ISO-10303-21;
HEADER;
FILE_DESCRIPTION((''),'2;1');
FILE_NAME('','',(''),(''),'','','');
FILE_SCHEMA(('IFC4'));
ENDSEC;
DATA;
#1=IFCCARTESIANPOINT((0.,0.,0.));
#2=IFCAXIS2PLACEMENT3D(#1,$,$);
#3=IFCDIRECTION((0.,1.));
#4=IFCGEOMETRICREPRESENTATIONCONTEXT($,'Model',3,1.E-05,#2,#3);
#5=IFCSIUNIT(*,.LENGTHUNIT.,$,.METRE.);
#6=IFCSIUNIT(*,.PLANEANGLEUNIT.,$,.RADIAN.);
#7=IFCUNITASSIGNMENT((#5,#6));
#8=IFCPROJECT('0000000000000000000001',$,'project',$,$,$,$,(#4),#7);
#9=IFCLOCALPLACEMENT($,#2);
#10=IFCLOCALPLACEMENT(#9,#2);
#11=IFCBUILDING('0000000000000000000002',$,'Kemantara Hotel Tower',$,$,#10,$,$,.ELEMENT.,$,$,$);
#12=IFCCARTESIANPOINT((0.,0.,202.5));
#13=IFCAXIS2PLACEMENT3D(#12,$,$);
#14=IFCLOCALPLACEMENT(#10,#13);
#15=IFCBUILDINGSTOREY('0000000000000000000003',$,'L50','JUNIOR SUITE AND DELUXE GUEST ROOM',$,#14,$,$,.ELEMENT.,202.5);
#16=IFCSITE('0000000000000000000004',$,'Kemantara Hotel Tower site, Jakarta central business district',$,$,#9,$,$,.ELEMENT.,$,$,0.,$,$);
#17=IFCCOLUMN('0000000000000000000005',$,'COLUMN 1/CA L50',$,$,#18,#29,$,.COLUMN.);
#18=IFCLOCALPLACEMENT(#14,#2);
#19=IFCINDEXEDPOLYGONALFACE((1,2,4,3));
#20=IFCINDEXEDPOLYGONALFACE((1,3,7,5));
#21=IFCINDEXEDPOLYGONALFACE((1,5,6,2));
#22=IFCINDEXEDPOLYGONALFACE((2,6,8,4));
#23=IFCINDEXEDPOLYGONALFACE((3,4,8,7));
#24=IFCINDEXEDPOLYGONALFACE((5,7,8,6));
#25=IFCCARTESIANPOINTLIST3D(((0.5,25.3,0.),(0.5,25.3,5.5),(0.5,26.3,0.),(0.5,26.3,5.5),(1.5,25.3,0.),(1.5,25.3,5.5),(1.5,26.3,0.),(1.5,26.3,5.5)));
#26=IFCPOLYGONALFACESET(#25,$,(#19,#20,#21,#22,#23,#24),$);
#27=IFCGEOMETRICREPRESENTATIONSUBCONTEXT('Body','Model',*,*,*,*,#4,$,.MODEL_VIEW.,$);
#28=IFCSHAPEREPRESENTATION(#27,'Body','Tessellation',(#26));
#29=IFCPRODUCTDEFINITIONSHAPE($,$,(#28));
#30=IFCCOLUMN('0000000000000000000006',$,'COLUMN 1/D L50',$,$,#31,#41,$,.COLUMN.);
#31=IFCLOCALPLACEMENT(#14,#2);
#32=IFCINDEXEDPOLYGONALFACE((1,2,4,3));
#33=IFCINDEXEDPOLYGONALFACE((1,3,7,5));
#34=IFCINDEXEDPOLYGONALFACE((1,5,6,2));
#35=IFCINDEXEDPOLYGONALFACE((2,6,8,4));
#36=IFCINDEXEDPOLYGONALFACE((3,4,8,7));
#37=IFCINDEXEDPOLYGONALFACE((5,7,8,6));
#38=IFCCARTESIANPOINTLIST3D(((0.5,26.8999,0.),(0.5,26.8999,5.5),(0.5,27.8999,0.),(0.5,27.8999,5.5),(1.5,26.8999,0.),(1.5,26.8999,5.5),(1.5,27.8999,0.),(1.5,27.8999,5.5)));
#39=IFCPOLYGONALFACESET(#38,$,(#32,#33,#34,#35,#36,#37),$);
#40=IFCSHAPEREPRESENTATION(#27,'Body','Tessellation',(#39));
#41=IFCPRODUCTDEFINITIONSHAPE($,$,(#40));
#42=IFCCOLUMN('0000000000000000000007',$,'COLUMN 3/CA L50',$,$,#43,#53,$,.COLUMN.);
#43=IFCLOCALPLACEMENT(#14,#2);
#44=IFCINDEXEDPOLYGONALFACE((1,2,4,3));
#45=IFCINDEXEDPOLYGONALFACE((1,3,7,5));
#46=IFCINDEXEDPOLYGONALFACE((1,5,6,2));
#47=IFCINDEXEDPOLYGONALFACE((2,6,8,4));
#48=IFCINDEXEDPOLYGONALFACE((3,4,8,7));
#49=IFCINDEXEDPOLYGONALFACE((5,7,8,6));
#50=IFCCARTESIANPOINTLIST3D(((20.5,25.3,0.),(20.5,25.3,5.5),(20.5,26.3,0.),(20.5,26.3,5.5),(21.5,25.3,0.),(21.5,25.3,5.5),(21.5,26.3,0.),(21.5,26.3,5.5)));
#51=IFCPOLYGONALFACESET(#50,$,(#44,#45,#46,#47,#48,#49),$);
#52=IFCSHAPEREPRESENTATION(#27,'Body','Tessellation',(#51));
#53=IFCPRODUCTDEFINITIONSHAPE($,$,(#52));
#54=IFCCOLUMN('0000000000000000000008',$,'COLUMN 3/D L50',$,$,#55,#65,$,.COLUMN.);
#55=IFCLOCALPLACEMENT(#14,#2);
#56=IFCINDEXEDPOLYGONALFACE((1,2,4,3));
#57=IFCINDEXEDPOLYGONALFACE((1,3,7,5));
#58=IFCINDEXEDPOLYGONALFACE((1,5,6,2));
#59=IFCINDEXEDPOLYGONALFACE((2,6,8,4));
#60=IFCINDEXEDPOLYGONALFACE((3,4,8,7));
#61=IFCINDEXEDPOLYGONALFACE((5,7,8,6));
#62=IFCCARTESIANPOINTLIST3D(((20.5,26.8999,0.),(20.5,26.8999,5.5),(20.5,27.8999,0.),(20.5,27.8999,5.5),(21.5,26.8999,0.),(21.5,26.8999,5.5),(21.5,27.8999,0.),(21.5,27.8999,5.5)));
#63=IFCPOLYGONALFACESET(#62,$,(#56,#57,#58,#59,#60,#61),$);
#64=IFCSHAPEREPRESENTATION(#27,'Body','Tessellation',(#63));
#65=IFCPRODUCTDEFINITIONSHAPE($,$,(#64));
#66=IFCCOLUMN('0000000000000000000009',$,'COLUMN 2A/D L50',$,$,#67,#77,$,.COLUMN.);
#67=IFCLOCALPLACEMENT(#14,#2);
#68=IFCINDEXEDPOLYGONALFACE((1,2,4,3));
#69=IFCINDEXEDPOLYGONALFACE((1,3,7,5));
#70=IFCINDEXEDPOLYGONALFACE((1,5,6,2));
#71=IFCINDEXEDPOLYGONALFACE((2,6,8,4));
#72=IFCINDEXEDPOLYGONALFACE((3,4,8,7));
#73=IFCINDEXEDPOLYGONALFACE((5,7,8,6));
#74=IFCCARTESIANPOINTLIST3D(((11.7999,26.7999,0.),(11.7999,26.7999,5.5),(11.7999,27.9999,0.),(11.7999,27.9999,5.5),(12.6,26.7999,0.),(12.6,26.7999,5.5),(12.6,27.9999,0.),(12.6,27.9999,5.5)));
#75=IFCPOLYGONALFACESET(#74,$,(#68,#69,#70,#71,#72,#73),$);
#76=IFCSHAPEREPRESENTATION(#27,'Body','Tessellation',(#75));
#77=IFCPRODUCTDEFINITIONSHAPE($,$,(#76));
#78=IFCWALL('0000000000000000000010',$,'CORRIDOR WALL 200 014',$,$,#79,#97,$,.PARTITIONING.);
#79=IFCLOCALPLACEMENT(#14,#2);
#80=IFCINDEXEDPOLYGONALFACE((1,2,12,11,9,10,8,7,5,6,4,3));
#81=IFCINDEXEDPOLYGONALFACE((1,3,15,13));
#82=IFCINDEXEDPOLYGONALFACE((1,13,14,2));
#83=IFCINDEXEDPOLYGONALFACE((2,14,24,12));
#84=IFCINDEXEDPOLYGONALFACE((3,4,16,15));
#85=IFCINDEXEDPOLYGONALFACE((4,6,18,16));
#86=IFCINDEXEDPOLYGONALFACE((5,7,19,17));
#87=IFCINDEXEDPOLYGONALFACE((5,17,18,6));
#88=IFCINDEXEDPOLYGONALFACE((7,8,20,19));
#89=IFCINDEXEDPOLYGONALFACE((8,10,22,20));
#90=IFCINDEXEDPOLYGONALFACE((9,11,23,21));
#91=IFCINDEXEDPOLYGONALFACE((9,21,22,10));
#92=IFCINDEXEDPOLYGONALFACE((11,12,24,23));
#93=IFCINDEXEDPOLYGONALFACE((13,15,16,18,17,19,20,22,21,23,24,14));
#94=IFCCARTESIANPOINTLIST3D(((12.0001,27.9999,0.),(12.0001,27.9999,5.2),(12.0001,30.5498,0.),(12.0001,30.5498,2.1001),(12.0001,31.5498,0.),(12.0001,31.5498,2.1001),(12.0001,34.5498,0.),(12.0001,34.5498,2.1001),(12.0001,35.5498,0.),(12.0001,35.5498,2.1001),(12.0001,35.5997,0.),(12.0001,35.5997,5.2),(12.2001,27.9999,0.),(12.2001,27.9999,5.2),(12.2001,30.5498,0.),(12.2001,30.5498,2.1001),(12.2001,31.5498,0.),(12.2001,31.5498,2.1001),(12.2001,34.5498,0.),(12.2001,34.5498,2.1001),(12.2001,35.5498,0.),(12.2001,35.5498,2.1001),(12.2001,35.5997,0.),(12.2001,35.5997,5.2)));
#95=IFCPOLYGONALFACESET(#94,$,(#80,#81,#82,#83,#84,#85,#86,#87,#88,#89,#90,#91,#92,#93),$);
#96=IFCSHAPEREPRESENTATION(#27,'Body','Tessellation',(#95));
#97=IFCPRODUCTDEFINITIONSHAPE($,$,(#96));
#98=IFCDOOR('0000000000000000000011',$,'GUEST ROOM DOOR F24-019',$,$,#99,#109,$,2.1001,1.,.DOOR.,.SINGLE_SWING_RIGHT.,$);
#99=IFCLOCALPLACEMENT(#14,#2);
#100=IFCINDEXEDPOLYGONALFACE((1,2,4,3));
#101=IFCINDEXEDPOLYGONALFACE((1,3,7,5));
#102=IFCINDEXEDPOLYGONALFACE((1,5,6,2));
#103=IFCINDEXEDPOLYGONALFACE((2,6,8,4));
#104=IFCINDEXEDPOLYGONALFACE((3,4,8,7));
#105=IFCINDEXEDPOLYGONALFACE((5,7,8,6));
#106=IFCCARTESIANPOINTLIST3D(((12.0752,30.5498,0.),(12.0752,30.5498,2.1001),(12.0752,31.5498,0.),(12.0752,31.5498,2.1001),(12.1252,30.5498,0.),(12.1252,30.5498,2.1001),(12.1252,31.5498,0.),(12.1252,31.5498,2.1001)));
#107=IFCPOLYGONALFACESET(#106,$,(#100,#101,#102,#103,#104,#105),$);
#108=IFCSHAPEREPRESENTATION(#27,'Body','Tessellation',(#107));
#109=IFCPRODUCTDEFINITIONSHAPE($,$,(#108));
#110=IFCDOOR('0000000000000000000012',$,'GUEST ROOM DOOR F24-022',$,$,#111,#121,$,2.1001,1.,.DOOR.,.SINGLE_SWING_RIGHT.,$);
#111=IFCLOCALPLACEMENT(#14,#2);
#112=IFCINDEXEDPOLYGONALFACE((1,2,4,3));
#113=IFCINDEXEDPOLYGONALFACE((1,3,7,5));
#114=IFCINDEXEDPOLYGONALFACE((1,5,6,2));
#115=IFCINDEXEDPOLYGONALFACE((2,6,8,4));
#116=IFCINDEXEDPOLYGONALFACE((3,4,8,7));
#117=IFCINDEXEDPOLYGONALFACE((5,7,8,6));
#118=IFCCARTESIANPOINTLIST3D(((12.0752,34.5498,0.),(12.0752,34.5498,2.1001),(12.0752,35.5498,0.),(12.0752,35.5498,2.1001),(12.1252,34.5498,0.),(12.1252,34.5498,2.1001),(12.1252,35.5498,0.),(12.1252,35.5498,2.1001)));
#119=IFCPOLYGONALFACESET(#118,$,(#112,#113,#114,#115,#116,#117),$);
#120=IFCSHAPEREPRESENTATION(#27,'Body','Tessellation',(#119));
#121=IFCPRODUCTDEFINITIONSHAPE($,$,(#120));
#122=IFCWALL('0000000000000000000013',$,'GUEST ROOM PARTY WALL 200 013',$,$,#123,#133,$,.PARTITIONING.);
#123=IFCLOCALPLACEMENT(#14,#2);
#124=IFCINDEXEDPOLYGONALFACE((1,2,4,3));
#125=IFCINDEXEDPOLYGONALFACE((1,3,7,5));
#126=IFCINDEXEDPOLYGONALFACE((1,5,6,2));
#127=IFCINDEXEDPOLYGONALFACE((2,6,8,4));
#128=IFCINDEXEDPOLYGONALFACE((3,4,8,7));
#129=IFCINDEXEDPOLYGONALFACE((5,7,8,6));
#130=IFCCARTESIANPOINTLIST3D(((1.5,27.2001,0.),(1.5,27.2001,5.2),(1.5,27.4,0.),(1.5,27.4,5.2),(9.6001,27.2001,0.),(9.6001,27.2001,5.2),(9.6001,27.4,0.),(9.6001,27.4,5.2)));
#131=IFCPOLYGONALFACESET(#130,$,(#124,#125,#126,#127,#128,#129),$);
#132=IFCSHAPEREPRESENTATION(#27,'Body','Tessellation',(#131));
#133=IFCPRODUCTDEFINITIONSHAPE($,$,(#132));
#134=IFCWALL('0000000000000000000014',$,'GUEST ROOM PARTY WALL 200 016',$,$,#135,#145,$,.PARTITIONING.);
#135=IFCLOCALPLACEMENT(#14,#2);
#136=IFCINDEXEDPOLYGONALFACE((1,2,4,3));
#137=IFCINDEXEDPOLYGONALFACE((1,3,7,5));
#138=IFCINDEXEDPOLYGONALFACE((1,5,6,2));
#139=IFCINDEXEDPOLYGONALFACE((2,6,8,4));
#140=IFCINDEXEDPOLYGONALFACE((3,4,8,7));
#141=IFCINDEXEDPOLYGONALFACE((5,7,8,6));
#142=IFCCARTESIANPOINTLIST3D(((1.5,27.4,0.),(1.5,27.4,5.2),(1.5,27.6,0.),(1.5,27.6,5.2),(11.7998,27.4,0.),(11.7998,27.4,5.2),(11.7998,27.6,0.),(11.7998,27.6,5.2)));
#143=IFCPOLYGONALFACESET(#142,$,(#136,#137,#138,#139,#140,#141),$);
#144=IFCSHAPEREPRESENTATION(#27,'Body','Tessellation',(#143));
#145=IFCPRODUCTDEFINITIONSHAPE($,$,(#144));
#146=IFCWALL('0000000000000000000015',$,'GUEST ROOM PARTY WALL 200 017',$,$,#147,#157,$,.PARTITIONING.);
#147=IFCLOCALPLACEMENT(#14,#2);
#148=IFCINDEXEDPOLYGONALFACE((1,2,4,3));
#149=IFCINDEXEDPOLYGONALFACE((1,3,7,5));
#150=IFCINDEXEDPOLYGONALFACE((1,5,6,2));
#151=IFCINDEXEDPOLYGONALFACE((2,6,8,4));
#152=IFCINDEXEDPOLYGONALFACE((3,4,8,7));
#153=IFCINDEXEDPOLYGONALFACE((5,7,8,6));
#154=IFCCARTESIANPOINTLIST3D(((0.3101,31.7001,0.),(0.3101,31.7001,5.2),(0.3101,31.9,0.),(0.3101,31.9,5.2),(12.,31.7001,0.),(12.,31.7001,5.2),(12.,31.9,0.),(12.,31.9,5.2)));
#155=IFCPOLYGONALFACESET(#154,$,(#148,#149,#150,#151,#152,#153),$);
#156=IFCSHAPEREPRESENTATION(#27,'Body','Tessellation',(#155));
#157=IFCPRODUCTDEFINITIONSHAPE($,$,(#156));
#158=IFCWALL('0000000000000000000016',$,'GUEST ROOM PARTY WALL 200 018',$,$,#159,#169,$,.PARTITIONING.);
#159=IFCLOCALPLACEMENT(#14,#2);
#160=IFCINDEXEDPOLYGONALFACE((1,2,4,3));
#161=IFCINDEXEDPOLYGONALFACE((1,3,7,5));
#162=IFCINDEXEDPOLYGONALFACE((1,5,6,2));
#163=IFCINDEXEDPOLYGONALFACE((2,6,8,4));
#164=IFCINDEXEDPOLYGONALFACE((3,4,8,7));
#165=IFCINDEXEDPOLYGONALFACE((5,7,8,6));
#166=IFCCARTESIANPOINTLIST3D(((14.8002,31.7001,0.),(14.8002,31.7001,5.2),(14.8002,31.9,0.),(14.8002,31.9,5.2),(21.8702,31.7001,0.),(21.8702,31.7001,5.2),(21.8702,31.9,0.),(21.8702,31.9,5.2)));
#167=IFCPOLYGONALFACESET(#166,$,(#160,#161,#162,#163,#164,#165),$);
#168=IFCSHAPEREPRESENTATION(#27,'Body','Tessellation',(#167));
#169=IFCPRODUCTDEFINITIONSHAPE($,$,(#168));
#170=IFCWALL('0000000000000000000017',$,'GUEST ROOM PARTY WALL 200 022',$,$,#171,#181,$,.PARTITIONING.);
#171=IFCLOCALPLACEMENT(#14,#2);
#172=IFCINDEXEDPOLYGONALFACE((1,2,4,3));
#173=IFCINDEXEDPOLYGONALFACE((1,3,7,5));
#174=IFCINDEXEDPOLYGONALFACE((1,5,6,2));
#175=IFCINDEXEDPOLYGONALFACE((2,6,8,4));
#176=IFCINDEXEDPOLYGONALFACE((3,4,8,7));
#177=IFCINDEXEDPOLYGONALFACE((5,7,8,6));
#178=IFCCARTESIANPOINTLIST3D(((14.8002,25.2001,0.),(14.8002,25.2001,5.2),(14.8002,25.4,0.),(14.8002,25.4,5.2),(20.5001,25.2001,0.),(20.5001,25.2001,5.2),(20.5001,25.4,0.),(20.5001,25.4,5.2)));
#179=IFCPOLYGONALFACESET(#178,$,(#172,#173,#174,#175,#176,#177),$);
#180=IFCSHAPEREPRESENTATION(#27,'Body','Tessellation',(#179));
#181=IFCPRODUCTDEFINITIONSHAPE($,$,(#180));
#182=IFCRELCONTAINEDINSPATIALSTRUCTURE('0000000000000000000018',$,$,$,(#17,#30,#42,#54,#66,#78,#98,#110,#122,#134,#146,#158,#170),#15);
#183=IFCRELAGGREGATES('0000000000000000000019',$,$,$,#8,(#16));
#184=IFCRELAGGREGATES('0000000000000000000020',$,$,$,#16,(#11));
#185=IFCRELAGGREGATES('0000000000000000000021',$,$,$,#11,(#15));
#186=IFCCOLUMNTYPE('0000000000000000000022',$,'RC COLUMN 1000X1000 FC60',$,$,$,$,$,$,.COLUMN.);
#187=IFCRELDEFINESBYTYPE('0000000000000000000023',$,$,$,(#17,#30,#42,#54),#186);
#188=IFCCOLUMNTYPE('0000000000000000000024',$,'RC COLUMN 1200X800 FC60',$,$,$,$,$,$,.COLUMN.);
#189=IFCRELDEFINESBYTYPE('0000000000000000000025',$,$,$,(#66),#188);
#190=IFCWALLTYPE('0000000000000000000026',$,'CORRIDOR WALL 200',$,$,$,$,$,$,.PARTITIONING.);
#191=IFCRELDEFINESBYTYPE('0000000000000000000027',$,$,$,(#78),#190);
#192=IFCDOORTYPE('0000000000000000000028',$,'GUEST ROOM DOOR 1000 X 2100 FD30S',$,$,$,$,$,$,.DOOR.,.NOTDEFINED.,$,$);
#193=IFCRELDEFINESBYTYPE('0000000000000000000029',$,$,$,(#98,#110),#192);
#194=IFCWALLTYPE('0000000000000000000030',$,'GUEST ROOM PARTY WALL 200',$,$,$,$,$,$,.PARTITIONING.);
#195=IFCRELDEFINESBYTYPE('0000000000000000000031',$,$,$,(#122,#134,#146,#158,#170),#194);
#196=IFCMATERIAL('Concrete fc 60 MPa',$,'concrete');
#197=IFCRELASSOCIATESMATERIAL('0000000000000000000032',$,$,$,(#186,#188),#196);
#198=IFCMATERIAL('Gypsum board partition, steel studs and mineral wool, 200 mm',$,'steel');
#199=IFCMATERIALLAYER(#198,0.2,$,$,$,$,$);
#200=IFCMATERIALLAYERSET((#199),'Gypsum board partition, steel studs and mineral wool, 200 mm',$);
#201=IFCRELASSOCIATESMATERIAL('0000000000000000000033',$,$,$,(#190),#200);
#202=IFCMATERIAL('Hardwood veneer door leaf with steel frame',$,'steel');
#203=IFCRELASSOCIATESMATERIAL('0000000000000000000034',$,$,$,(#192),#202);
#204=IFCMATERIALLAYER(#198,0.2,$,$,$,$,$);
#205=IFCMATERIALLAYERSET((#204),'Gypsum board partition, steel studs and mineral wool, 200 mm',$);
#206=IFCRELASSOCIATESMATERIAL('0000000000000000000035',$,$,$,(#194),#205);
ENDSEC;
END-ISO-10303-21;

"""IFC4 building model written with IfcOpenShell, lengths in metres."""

from ifc_helpers import new_model, si_unit, direction, frame, frame_2d, origin, origin_2d, place, context, subcontext, project, spatial, rectangle, extrude, material, layer, layer_set, material_profile, profile_set, type_object, element, fill, save


model = new_model("IFC4")

# Units and contexts
model_context = context("Model", 3, precision=1e-05, world=origin(), true_north=direction((0.0, 1.0)))
body_context = subcontext(model_context, "Body", "Model", "MODEL_VIEW")
ifc_project = project(units=[si_unit("LENGTHUNIT", "METRE"), si_unit("PLANEANGLEUNIT", "RADIAN")], contexts=[model_context])

# Site, building, storey
site_placement = place(None, origin())
site = spatial("IfcSite", under=ifc_project, at=site_placement, Name="Kemantara Hotel Tower site, Jakarta central business district", CompositionType="ELEMENT", RefElevation=0.0)
building_placement = place(site_placement, origin())
building = spatial("IfcBuilding", under=site, at=building_placement, Name="Kemantara Hotel Tower", CompositionType="ELEMENT")
storey_placement = place(building_placement, frame((0.0, 0.0, 202.5)))
storey = spatial("IfcBuildingStorey", under=building, at=storey_placement, Name="L50", Description="JUNIOR SUITE AND DELUXE GUEST ROOM", CompositionType="ELEMENT", Elevation=202.5)

# Columns
ifc_material_1 = material(Name="Concrete fc 60 MPa", Category="concrete")
ifc_material_profile_1 = material_profile(ifc_material_1, rectangle(XDim=1.0, YDim=1.0, at=origin_2d()), Name="RC 1000X1000")
ifc_profile_set_1 = profile_set([ifc_material_profile_1], Name="Concrete fc 60 MPa")
column_type_1 = type_object("IfcColumnType", Name="RC COLUMN 1000X1000 FC60", PredefinedType="COLUMN", material=ifc_profile_set_1)
for number, where, z_axis, x_axis, name in (
    (1, (1.0, 25.8, 0.0), (0.0, 0.0, 1.0), (1.0, 0.0, 0.0), "COLUMN 1/CA L50"),
    (2, (1.0, 27.3999, 0.0), (0.0, 0.0, 1.0), (1.0, 0.0, 0.0), "COLUMN 1/D L50"),
    (3, (21.0, 25.8, 0.0), (0.0, 0.0, 1.0), (1.0, 0.0, 0.0), "COLUMN 3/CA L50"),
    (4, (21.0, 27.3999, 0.0), (0.0, 0.0, 1.0), (1.0, 0.0, 0.0), "COLUMN 3/D L50"),
):
    element("IfcColumn", number, at=place(storey_placement, frame(where, z_axis=z_axis, x_axis=x_axis)), inside=storey, type_object=column_type_1, Name=name, PredefinedType="COLUMN", context=body_context, shape_type="SweptSolid", body=[
        extrude(rectangle(XDim=1.0, YDim=1.0, at=origin_2d()), origin(), (0.0, 0.0, 1.0), 5.5),
    ])
ifc_material_profile_2 = material_profile(ifc_material_1, rectangle(XDim=1.2, YDim=0.8, at=origin_2d()), Name="RC 1200X800")
ifc_profile_set_2 = profile_set([ifc_material_profile_2], Name="Concrete fc 60 MPa")
column_type_2 = type_object("IfcColumnType", Name="RC COLUMN 1200X800 FC60", PredefinedType="COLUMN", material=ifc_profile_set_2)
column_placement = place(storey_placement, frame((12.2, 27.3999, 0.0), z_axis=(0.0, 0.0, 1.0), x_axis=(0.0, 1.0, 0.0)))
element("IfcColumn", 5, at=column_placement, inside=storey, type_object=column_type_2, Name="COLUMN 2A/D L50", PredefinedType="COLUMN", context=body_context, shape_type="SweptSolid", body=[
    extrude(rectangle(XDim=1.2, YDim=0.8, at=origin_2d()), origin(), (0.0, 0.0, 1.0), 5.5),
])

# Wall, openings, doors
ifc_material_2 = material(Name="Gypsum board partition, steel studs and mineral wool, 200 mm", Category="steel")
ifc_layer_1 = layer(ifc_material_2, 0.2)
ifc_layer_set_1 = layer_set([ifc_layer_1], Name="Gypsum board partition, steel studs and mineral wool, 200 mm")
wall_type_1 = type_object("IfcWallType", Name="CORRIDOR WALL 200", PredefinedType="PARTITIONING", material=ifc_layer_set_1)
wall_1_placement = place(storey_placement, frame((12.1001, 28.0, 0.0), z_axis=(0.0, 0.0, 1.0), x_axis=(0.0, 1.0, 0.0)))
wall_1 = element("IfcWall", 6, at=wall_1_placement, inside=storey, type_object=wall_type_1, Name="CORRIDOR WALL 200 014", PredefinedType="PARTITIONING", context=body_context, shape_type="SweptSolid", body=[
    extrude(rectangle(XDim=7.5999, YDim=0.2, at=frame_2d((3.7998, 0.0))), origin(), (0.0, 0.0, 1.0), 5.2),
])
opening_1_placement = place(wall_1_placement, frame((2.5498, 0.0, 0.0)))
opening_1 = element("IfcOpeningElement", 7, at=opening_1_placement, cuts=wall_1, PredefinedType="OPENING", context=body_context, shape_type="SweptSolid", body=[
    extrude(rectangle(XDim=1.0, YDim=2.1001, at=frame_2d((0.5, 1.05))), frame((0.0, 0.1099, 0.0), z_axis=(0.0, -1.0, 0.0), x_axis=(1.0, 0.0, 0.0)), (0.0, 0.0, 1.0), 0.22),
])
opening_2_placement = place(wall_1_placement, frame((6.5498, 0.0, 0.0)))
opening_2 = element("IfcOpeningElement", 8, at=opening_2_placement, cuts=wall_1, PredefinedType="OPENING", context=body_context, shape_type="SweptSolid", body=[
    extrude(rectangle(XDim=1.0, YDim=2.1001, at=frame_2d((0.5, 1.05))), frame((0.0, 0.1099, 0.0), z_axis=(0.0, -1.0, 0.0), x_axis=(1.0, 0.0, 0.0)), (0.0, 0.0, 1.0), 0.22),
])
ifc_material_3 = material(Name="Hardwood veneer door leaf with steel frame", Category="steel")
door_type_1 = type_object("IfcDoorType", Name="GUEST ROOM DOOR 1000 X 2100 FD30S", OperationType="NOTDEFINED", PredefinedType="DOOR", material=ifc_material_3)
door_1_placement = place(opening_1_placement, origin())
door_1 = element("IfcDoor", 9, at=door_1_placement, inside=storey, type_object=door_type_1, Name="GUEST ROOM DOOR F24-019", OperationType="SINGLE_SWING_RIGHT", OverallHeight=2.1001, OverallWidth=1.0, PredefinedType="DOOR", context=body_context, shape_type="SweptSolid", body=[
    extrude(rectangle(XDim=1.0, YDim=2.1001, at=frame_2d((0.5, 1.05))), frame((0.0, 0.0249, 0.0), z_axis=(0.0, -1.0, 0.0), x_axis=(1.0, 0.0, 0.0)), (0.0, 0.0, 1.0), 0.05),
])
fill(opening_1, door_1)
door_2_placement = place(opening_2_placement, origin())
door_2 = element("IfcDoor", 10, at=door_2_placement, inside=storey, type_object=door_type_1, Name="GUEST ROOM DOOR F24-022", OperationType="SINGLE_SWING_RIGHT", OverallHeight=2.1001, OverallWidth=1.0, PredefinedType="DOOR", context=body_context, shape_type="SweptSolid", body=[
    extrude(rectangle(XDim=1.0, YDim=2.1001, at=frame_2d((0.5, 1.05))), frame((0.0, 0.0249, 0.0), z_axis=(0.0, -1.0, 0.0), x_axis=(1.0, 0.0, 0.0)), (0.0, 0.0, 1.0), 0.05),
])
fill(opening_2, door_2)

# Walls
ifc_layer_2 = layer(ifc_material_2, 0.2)
ifc_layer_set_2 = layer_set([ifc_layer_2], Name="Gypsum board partition, steel studs and mineral wool, 200 mm")
wall_type_2 = type_object("IfcWallType", Name="GUEST ROOM PARTY WALL 200", PredefinedType="PARTITIONING", material=ifc_layer_set_2)
wall_2_placement = place(storey_placement, frame((1.5, 27.3, 0.0), z_axis=(0.0, 0.0, 1.0), x_axis=(1.0, 0.0, 0.0)))
element("IfcWall", 11, at=wall_2_placement, inside=storey, type_object=wall_type_2, Name="GUEST ROOM PARTY WALL 200 013", PredefinedType="PARTITIONING", context=body_context, shape_type="SweptSolid", body=[
    extrude(rectangle(XDim=8.1001, YDim=0.2, at=frame_2d((4.05, 0.0))), origin(), (0.0, 0.0, 1.0), 5.2),
])
wall_3_placement = place(storey_placement, frame((1.5, 27.5, 0.0), z_axis=(0.0, 0.0, 1.0), x_axis=(1.0, 0.0, 0.0)))
element("IfcWall", 12, at=wall_3_placement, inside=storey, type_object=wall_type_2, Name="GUEST ROOM PARTY WALL 200 016", PredefinedType="PARTITIONING", context=body_context, shape_type="SweptSolid", body=[
    extrude(rectangle(XDim=10.2998, YDim=0.2, at=frame_2d((5.1499, 0.0))), origin(), (0.0, 0.0, 1.0), 5.2),
])
wall_4_placement = place(storey_placement, frame((0.3101, 31.8, 0.0), z_axis=(0.0, 0.0, 1.0), x_axis=(1.0, 0.0, 0.0)))
element("IfcWall", 13, at=wall_4_placement, inside=storey, type_object=wall_type_2, Name="GUEST ROOM PARTY WALL 200 017", PredefinedType="PARTITIONING", context=body_context, shape_type="SweptSolid", body=[
    extrude(rectangle(XDim=11.6899, YDim=0.2, at=frame_2d((5.845, 0.0))), origin(), (0.0, 0.0, 1.0), 5.2),
])
wall_5_placement = place(storey_placement, frame((14.8, 31.8, 0.0), z_axis=(0.0, 0.0, 1.0), x_axis=(1.0, 0.0, 0.0)))
element("IfcWall", 14, at=wall_5_placement, inside=storey, type_object=wall_type_2, Name="GUEST ROOM PARTY WALL 200 018", PredefinedType="PARTITIONING", context=body_context, shape_type="SweptSolid", body=[
    extrude(rectangle(XDim=7.0701, YDim=0.2, at=frame_2d((3.5352, 0.0))), origin(), (0.0, 0.0, 1.0), 5.2),
])
wall_6_placement = place(storey_placement, frame((14.8, 25.3, 0.0), z_axis=(0.0, 0.0, 1.0), x_axis=(1.0, 0.0, 0.0)))
element("IfcWall", 15, at=wall_6_placement, inside=storey, type_object=wall_type_2, Name="GUEST ROOM PARTY WALL 200 022", PredefinedType="PARTITIONING", context=body_context, shape_type="SweptSolid", body=[
    extrude(rectangle(XDim=5.7, YDim=0.2, at=frame_2d((2.8501, 0.0))), origin(), (0.0, 0.0, 1.0), 5.2),
])

save(model, "model.ifc")
